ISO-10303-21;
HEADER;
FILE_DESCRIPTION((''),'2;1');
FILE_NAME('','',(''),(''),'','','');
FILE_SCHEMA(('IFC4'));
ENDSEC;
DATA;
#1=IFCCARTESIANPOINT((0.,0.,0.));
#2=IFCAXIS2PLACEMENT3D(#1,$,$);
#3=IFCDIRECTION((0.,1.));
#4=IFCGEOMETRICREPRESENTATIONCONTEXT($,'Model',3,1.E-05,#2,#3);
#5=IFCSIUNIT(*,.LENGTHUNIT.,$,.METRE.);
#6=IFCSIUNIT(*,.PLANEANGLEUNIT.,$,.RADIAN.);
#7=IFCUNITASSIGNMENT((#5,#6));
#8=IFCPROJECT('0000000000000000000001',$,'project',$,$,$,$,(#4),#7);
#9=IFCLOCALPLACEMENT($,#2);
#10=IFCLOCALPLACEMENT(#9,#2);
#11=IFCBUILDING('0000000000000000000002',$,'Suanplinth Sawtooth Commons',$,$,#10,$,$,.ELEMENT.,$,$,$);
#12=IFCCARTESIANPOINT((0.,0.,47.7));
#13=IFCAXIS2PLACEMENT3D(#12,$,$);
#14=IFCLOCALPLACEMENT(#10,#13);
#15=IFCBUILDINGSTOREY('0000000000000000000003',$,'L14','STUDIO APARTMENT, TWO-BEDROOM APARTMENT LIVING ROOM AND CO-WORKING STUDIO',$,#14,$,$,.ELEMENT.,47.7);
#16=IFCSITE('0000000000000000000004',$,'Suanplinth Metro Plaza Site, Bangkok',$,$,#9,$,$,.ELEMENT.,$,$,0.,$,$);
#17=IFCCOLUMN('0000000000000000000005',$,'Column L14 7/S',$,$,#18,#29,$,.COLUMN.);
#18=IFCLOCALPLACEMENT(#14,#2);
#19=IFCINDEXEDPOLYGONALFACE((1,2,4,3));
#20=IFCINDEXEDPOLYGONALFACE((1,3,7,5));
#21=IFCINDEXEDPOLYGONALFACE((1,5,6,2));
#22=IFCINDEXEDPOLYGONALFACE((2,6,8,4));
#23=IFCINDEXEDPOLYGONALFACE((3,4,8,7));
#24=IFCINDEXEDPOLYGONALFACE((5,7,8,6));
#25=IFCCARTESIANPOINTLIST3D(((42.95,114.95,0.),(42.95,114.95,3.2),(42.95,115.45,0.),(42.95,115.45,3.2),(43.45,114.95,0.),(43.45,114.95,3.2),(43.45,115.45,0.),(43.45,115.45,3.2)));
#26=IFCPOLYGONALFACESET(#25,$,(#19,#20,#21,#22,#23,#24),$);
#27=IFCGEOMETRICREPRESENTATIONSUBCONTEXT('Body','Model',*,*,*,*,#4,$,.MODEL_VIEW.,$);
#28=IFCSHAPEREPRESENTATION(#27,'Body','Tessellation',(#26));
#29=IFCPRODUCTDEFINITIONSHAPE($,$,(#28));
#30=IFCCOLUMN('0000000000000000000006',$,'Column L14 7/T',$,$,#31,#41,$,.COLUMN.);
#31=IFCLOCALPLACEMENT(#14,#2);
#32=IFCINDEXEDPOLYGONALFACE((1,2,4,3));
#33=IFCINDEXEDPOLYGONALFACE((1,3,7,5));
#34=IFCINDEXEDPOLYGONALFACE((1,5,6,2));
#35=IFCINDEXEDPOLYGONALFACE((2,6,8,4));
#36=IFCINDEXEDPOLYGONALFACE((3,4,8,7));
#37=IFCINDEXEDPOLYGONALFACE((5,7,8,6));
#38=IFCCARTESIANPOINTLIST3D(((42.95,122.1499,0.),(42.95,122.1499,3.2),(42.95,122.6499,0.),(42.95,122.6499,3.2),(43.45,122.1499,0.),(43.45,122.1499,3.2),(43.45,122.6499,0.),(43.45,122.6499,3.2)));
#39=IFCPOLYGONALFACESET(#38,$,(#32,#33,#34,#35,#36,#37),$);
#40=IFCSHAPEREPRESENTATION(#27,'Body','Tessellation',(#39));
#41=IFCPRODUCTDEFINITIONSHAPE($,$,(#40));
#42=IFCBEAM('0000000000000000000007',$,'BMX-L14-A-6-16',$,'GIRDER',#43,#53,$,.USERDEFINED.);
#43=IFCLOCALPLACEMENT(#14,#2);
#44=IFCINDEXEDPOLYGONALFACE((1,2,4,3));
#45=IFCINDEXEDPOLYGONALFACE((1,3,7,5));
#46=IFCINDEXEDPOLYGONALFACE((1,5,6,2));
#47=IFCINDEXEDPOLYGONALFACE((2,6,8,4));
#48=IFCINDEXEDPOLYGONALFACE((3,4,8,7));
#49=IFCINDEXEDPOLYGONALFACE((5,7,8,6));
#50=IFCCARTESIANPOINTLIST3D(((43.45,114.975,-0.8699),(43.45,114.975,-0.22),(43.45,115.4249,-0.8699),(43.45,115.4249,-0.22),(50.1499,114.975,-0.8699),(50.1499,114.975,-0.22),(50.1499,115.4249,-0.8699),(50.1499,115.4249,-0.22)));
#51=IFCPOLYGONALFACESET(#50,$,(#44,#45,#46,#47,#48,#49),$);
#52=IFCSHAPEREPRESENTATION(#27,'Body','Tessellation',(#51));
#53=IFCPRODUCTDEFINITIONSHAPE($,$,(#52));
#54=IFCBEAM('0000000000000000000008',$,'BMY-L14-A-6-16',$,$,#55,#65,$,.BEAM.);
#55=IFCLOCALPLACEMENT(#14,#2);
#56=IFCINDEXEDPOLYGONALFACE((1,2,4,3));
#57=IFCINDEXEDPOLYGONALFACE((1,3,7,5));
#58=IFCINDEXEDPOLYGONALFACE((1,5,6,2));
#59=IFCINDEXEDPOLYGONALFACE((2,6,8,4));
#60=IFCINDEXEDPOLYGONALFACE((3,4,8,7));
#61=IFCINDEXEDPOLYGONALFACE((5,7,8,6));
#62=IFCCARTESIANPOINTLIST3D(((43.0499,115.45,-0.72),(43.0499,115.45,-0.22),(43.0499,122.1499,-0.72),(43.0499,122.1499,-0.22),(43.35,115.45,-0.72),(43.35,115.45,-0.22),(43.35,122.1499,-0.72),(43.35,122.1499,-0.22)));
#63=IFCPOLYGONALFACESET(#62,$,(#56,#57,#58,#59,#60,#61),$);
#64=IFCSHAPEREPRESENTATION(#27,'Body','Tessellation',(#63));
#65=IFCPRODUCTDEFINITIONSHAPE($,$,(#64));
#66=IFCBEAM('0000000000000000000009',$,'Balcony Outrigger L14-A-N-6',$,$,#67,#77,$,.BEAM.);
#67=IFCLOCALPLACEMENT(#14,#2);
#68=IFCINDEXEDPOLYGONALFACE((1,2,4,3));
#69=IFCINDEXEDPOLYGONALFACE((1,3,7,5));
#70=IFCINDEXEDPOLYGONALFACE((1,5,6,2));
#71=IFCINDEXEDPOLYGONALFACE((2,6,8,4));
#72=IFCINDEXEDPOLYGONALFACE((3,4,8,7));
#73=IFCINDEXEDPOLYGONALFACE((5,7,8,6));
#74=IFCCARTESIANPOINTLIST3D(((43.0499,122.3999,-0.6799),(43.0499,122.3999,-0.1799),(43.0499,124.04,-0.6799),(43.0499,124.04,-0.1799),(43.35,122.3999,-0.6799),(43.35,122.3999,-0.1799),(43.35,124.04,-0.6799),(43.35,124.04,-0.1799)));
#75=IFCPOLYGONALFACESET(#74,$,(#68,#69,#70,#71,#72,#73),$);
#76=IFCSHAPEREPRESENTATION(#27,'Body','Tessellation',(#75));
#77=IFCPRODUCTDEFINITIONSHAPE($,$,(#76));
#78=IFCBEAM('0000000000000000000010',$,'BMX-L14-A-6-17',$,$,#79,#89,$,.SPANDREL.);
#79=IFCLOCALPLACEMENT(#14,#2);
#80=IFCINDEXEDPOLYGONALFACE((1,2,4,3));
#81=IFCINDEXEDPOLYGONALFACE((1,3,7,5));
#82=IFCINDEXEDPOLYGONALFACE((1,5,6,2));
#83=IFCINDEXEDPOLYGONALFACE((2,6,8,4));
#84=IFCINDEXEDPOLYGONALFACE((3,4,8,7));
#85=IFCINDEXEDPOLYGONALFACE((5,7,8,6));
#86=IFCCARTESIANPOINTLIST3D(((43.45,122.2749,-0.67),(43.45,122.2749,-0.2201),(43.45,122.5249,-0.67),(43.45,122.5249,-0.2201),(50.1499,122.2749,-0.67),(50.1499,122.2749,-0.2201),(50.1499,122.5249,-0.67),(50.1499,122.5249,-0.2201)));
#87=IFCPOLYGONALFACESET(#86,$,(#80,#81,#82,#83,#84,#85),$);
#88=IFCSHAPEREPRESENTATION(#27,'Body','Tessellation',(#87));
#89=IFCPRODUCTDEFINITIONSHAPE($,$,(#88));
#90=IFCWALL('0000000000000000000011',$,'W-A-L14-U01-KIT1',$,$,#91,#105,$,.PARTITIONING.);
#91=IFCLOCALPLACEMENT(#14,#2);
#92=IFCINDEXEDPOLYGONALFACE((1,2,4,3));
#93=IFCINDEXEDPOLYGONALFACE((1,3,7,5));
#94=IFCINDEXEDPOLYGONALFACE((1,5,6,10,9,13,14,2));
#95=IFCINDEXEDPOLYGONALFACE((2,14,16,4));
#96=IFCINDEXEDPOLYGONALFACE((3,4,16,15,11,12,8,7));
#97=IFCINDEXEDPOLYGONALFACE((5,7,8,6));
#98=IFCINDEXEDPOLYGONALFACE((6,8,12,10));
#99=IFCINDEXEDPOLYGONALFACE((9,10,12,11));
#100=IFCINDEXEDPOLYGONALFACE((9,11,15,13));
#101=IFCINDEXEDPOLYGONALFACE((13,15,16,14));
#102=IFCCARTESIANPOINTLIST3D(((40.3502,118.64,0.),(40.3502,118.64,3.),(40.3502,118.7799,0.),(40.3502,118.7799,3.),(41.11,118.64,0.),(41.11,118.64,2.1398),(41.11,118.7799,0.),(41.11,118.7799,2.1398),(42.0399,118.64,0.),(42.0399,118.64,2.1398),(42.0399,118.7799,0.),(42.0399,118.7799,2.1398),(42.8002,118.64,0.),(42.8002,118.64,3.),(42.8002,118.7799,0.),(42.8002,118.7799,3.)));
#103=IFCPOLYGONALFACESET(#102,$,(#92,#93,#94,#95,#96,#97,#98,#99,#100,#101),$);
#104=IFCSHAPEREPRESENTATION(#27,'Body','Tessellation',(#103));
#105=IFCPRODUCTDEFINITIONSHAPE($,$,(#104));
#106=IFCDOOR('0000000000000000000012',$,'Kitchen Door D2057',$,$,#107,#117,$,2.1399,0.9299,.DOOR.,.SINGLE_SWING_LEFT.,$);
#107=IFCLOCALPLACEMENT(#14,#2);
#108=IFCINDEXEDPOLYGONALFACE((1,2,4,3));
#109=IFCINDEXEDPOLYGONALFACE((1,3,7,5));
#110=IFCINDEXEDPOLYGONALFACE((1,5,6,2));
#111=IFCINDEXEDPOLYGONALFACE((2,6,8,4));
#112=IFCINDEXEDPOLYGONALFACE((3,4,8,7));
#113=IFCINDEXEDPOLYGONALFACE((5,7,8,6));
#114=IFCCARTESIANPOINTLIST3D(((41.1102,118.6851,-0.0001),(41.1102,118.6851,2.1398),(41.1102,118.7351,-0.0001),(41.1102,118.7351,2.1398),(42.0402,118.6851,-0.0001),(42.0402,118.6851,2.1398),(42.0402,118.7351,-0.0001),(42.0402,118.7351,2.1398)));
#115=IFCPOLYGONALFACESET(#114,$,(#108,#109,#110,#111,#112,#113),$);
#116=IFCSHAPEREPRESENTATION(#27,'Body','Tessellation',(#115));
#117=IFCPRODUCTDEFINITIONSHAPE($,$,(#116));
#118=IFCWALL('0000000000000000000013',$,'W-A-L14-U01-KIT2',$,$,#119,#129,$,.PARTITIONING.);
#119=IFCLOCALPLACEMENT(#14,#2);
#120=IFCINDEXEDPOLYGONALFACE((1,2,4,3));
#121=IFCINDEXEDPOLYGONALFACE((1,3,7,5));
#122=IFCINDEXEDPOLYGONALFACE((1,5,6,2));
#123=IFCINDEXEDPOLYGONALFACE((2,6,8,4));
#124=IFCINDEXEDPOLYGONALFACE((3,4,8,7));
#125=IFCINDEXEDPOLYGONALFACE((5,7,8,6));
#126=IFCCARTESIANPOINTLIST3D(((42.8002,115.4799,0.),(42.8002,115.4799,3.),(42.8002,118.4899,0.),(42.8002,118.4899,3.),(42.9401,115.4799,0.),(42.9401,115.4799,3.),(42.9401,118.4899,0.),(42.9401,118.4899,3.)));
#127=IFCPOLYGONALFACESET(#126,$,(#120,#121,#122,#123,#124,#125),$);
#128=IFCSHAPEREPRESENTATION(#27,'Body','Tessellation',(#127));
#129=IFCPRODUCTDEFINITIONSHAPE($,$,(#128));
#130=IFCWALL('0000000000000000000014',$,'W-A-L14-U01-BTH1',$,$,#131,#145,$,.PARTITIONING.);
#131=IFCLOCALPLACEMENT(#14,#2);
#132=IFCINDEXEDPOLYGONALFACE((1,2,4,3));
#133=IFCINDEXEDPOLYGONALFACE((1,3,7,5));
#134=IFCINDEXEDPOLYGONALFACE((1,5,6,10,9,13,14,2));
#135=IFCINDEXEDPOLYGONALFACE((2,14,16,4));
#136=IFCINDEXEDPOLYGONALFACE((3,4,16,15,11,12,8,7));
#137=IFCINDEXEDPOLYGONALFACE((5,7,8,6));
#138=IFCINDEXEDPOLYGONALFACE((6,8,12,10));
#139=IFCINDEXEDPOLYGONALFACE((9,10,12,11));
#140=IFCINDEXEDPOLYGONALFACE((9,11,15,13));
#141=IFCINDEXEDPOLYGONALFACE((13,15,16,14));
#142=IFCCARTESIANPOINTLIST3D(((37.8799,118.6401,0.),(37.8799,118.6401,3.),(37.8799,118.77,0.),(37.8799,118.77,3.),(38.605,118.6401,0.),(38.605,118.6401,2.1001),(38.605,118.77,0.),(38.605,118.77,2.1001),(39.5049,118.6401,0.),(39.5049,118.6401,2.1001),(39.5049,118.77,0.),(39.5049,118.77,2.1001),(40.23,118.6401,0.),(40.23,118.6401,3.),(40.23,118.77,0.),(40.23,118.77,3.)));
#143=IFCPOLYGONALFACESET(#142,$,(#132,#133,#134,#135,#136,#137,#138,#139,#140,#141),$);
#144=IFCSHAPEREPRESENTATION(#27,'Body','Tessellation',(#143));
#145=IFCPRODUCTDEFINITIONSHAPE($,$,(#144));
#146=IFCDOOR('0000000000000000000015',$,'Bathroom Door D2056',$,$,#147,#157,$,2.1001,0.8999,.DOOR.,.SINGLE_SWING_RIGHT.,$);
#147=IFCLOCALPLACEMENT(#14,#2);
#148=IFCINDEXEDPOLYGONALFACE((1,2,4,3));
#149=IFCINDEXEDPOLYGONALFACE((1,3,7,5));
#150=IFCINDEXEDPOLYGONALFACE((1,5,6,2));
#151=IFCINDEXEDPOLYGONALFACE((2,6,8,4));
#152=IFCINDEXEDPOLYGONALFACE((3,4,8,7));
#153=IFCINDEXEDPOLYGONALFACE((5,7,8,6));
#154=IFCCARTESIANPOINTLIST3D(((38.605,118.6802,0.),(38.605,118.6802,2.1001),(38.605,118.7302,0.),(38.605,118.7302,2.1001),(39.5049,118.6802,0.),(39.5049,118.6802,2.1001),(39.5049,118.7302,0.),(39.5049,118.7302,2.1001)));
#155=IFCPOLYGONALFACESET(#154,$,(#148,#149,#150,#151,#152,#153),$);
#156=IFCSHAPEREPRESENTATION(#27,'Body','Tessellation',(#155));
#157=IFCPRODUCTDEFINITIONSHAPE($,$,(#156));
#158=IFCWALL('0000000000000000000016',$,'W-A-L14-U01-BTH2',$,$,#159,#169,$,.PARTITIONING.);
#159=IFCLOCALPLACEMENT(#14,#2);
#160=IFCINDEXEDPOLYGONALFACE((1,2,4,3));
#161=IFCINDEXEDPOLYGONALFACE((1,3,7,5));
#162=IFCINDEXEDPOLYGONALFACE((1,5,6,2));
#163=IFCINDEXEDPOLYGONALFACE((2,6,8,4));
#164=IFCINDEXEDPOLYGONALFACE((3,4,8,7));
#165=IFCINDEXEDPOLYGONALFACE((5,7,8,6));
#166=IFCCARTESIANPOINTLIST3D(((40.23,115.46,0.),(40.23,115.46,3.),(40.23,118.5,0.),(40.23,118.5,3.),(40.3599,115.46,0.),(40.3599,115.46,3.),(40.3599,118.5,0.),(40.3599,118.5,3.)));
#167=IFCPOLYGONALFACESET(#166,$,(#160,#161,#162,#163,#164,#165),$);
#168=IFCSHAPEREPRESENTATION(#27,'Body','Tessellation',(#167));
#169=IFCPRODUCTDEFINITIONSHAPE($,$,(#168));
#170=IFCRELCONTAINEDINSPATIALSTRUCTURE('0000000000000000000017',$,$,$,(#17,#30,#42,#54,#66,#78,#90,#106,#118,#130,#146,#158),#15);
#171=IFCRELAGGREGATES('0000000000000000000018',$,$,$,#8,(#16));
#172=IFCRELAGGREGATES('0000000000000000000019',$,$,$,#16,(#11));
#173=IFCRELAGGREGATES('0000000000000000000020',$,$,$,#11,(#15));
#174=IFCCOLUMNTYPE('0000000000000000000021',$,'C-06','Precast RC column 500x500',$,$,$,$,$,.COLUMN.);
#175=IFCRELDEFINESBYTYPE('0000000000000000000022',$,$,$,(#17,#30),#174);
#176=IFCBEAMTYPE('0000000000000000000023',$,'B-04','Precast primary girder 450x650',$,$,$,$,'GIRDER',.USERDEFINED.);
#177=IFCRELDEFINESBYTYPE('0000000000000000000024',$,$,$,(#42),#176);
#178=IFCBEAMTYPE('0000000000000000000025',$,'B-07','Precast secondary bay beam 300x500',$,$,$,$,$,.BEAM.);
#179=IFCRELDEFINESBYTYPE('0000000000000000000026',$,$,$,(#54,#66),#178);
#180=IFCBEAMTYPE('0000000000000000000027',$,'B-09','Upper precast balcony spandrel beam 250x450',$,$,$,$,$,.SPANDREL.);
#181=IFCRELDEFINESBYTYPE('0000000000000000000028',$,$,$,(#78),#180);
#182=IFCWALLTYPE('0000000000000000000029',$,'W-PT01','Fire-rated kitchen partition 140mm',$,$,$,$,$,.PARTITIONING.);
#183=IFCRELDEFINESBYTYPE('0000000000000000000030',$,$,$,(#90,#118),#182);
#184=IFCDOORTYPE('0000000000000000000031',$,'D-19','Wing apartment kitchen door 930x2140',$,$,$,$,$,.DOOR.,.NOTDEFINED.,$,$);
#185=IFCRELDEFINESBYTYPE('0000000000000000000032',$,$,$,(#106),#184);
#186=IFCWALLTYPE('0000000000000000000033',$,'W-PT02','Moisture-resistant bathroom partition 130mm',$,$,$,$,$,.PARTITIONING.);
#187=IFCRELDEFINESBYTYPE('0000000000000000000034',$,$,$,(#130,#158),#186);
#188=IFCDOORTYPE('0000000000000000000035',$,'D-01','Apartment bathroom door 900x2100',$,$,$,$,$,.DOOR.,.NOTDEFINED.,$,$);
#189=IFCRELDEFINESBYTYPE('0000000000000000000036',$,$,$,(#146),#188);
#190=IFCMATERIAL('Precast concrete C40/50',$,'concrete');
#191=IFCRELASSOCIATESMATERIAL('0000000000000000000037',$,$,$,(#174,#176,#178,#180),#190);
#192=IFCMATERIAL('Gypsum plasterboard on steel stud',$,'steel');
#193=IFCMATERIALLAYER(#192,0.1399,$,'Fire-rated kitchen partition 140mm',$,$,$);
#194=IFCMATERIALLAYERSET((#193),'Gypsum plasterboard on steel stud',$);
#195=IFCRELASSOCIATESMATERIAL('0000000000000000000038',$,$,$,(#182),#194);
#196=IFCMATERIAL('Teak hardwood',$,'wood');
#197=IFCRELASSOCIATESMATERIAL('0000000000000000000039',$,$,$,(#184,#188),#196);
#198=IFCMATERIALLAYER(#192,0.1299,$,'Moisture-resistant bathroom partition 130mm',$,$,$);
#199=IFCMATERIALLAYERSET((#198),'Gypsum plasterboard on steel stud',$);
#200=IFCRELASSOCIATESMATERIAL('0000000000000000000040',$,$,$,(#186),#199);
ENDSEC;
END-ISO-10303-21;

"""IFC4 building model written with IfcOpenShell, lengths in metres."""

from ifc_helpers import new_model, si_unit, direction, frame, frame_2d, origin, origin_2d, place, context, subcontext, project, spatial, rectangle, extrude, material, layer, layer_set, material_profile, profile_set, type_object, element, fill, save


model = new_model("IFC4")

# Units and contexts
model_context = context("Model", 3, precision=1e-05, world=origin(), true_north=direction((0.0, 1.0)))
body_context = subcontext(model_context, "Body", "Model", "MODEL_VIEW")
ifc_project = project(units=[si_unit("LENGTHUNIT", "METRE"), si_unit("PLANEANGLEUNIT", "RADIAN")], contexts=[model_context])

# Site, building, storey
site_placement = place(None, origin())
site = spatial("IfcSite", under=ifc_project, at=site_placement, Name="Suanplinth Metro Plaza Site, Bangkok", CompositionType="ELEMENT", RefElevation=0.0)
building_placement = place(site_placement, origin())
building = spatial("IfcBuilding", under=site, at=building_placement, Name="Suanplinth Sawtooth Commons", CompositionType="ELEMENT")
storey_placement = place(building_placement, frame((0.0, 0.0, 47.7)))
storey = spatial("IfcBuildingStorey", under=building, at=storey_placement, Name="L14", Description="STUDIO APARTMENT, TWO-BEDROOM APARTMENT LIVING ROOM AND CO-WORKING STUDIO", CompositionType="ELEMENT", Elevation=47.7)

# Columns
ifc_material_1 = material(Name="Precast concrete C40/50", Category="concrete")
ifc_material_profile_1 = material_profile(ifc_material_1, rectangle(XDim=0.5, YDim=0.5, at=origin_2d()), Name="PC-COL 500x500")
ifc_profile_set_1 = profile_set([ifc_material_profile_1], Name="Precast concrete C40/50")
column_type = type_object("IfcColumnType", Name="C-06", Description="Precast RC column 500x500", PredefinedType="COLUMN", material=ifc_profile_set_1)
for number, where, z_axis, x_axis, name in (
    (1, (43.2, 115.2, 0.0), (0.0, 0.0, 1.0), (1.0, 0.0, 0.0), "Column L14 7/S"),
    (2, (43.2, 122.3999, 0.0), (0.0, 0.0, 1.0), (1.0, 0.0, 0.0), "Column L14 7/T"),
):
    element("IfcColumn", number, at=place(storey_placement, frame(where, z_axis=z_axis, x_axis=x_axis)), inside=storey, type_object=column_type, Name=name, PredefinedType="COLUMN", context=body_context, shape_type="SweptSolid", body=[
        extrude(rectangle(XDim=0.5, YDim=0.5, at=origin_2d()), origin(), (0.0, 0.0, 1.0), 3.2),
    ])

# Beams
ifc_material_profile_2 = material_profile(ifc_material_1, rectangle(XDim=0.45, YDim=0.6499, at=origin_2d()), Name="PC-GDR 450x650")
ifc_profile_set_2 = profile_set([ifc_material_profile_2], Name="Precast concrete C40/50")
beam_type_1 = type_object("IfcBeamType", Name="B-04", Description="Precast primary girder 450x650", ElementType="GIRDER", PredefinedType="USERDEFINED", material=ifc_profile_set_2)
beam_1_placement = place(storey_placement, frame((43.45, 115.2, -0.5449), z_axis=(1.0, 0.0, 0.0), x_axis=(0.0, 1.0, 0.0)))
element("IfcBeam", 3, at=beam_1_placement, inside=storey, type_object=beam_type_1, Name="BMX-L14-A-6-16", ObjectType="GIRDER", PredefinedType="USERDEFINED", context=body_context, shape_type="SweptSolid", body=[
    extrude(rectangle(XDim=0.45, YDim=0.6499, at=origin_2d()), origin(), (0.0, 0.0, 1.0), 6.7),
])
ifc_material_profile_3 = material_profile(ifc_material_1, rectangle(XDim=0.3, YDim=0.5, at=origin_2d()), Name="PC-BM 300x500")
ifc_profile_set_3 = profile_set([ifc_material_profile_3], Name="Precast concrete C40/50")
beam_type_2 = type_object("IfcBeamType", Name="B-07", Description="Precast secondary bay beam 300x500", PredefinedType="BEAM", material=ifc_profile_set_3)
beam_2_placement = place(storey_placement, frame((43.2, 115.45, -0.47), z_axis=(0.0, 1.0, 0.0), x_axis=(-1.0, 0.0, 0.0)))
element("IfcBeam", 4, at=beam_2_placement, inside=storey, type_object=beam_type_2, Name="BMY-L14-A-6-16", PredefinedType="BEAM", context=body_context, shape_type="SweptSolid", body=[
    extrude(rectangle(XDim=0.3, YDim=0.5, at=origin_2d()), origin(), (0.0, 0.0, 1.0), 6.7),
])
beam_3_placement = place(storey_placement, frame((43.2, 122.3999, -0.4299), z_axis=(0.0, 1.0, 0.0), x_axis=(-1.0, 0.0, 0.0)))
element("IfcBeam", 5, at=beam_3_placement, inside=storey, type_object=beam_type_2, Name="Balcony Outrigger L14-A-N-6", PredefinedType="BEAM", context=body_context, shape_type="SweptSolid", body=[
    extrude(rectangle(XDim=0.3, YDim=0.5, at=origin_2d()), origin(), (0.0, 0.0, 1.0), 1.6401),
])
ifc_material_profile_4 = material_profile(ifc_material_1, rectangle(XDim=0.25, YDim=0.45, at=origin_2d()), Name="PC-SP 250x450")
ifc_profile_set_4 = profile_set([ifc_material_profile_4], Name="Precast concrete C40/50")
beam_type_3 = type_object("IfcBeamType", Name="B-09", Description="Upper precast balcony spandrel beam 250x450", PredefinedType="SPANDREL", material=ifc_profile_set_4)
beam_4_placement = place(storey_placement, frame((43.45, 122.3999, -0.4451), z_axis=(1.0, 0.0, 0.0), x_axis=(0.0, 1.0, 0.0)))
element("IfcBeam", 6, at=beam_4_placement, inside=storey, type_object=beam_type_3, Name="BMX-L14-A-6-17", PredefinedType="SPANDREL", context=body_context, shape_type="SweptSolid", body=[
    extrude(rectangle(XDim=0.25, YDim=0.45, at=origin_2d()), origin(), (0.0, 0.0, 1.0), 6.7),
])

# Wall, opening, door
ifc_material_2 = material(Name="Gypsum plasterboard on steel stud", Category="steel")
ifc_layer_1 = layer(ifc_material_2, 0.1399, Name="Fire-rated kitchen partition 140mm")
ifc_layer_set_1 = layer_set([ifc_layer_1], Name="Gypsum plasterboard on steel stud")
wall_type_1 = type_object("IfcWallType", Name="W-PT01", Description="Fire-rated kitchen partition 140mm", PredefinedType="PARTITIONING", material=ifc_layer_set_1)
wall_1_placement = place(storey_placement, frame((40.3501, 118.71, 0.0), z_axis=(0.0, 0.0, 1.0), x_axis=(1.0, 0.0, 0.0)))
wall_1 = element("IfcWall", 7, at=wall_1_placement, inside=storey, type_object=wall_type_1, Name="W-A-L14-U01-KIT1", PredefinedType="PARTITIONING", context=body_context, shape_type="SweptSolid", body=[
    extrude(rectangle(XDim=2.45, YDim=0.1399, at=frame_2d((1.2251, 0.0))), origin(), (0.0, 0.0, 1.0), 3.0),
])
opening_1_placement = place(wall_1_placement, frame((0.76, 0.0, 0.0)))
opening_1 = element("IfcOpeningElement", 8, at=opening_1_placement, cuts=wall_1, PredefinedType="OPENING", context=body_context, shape_type="SweptSolid", body=[
    extrude(rectangle(XDim=0.9299, YDim=2.1399, at=frame_2d((0.4648, 1.0698))), frame((0.0, 0.085, 0.0), z_axis=(0.0, -1.0, 0.0), x_axis=(1.0, 0.0, 0.0)), (0.0, 0.0, 1.0), 0.1697),
])
ifc_material_3 = material(Name="Teak hardwood", Category="wood")
door_type_1 = type_object("IfcDoorType", Name="D-19", Description="Wing apartment kitchen door 930x2140", OperationType="NOTDEFINED", PredefinedType="DOOR", material=ifc_material_3)
door_1_placement = place(opening_1_placement, frame((0.9299, 0.0, 0.0), z_axis=(0.0, 0.0, 1.0), x_axis=(-1.0, 0.0, 0.0)))
door_1 = element("IfcDoor", 9, at=door_1_placement, inside=storey, type_object=door_type_1, Name="Kitchen Door D2057", OperationType="SINGLE_SWING_LEFT", OverallHeight=2.1399, OverallWidth=0.9299, PredefinedType="DOOR", context=body_context, shape_type="SweptSolid", body=[
    extrude(rectangle(XDim=0.9299, YDim=2.1399, at=frame_2d((0.4648, 1.0698))), frame((0.0, 0.0249, 0.0), z_axis=(0.0, -1.0, 0.0), x_axis=(1.0, 0.0, 0.0)), (0.0, 0.0, 1.0), 0.05),
])
fill(opening_1, door_1)

# Wall
wall_2_placement = place(storey_placement, frame((42.8701, 115.48, 0.0), z_axis=(0.0, 0.0, 1.0), x_axis=(0.0, 1.0, 0.0)))
element("IfcWall", 10, at=wall_2_placement, inside=storey, type_object=wall_type_1, Name="W-A-L14-U01-KIT2", PredefinedType="PARTITIONING", context=body_context, shape_type="SweptSolid", body=[
    extrude(rectangle(XDim=3.01, YDim=0.1399, at=frame_2d((1.5049, 0.0))), origin(), (0.0, 0.0, 1.0), 3.0),
])

# Wall, opening, door
ifc_layer_2 = layer(ifc_material_2, 0.1299, Name="Moisture-resistant bathroom partition 130mm")
ifc_layer_set_2 = layer_set([ifc_layer_2], Name="Gypsum plasterboard on steel stud")
wall_type_2 = type_object("IfcWallType", Name="W-PT02", Description="Moisture-resistant bathroom partition 130mm", PredefinedType="PARTITIONING", material=ifc_layer_set_2)
wall_3_placement = place(storey_placement, frame((37.8799, 118.7051, 0.0), z_axis=(0.0, 0.0, 1.0), x_axis=(1.0, 0.0, 0.0)))
wall_3 = element("IfcWall", 11, at=wall_3_placement, inside=storey, type_object=wall_type_2, Name="W-A-L14-U01-BTH1", PredefinedType="PARTITIONING", context=body_context, shape_type="SweptSolid", body=[
    extrude(rectangle(XDim=2.3501, YDim=0.1299, at=frame_2d((1.175, 0.0))), origin(), (0.0, 0.0, 1.0), 3.0),
])
opening_2_placement = place(wall_3_placement, frame((0.7251, 0.0, 0.0)))
opening_2 = element("IfcOpeningElement", 12, at=opening_2_placement, cuts=wall_3, PredefinedType="OPENING", context=body_context, shape_type="SweptSolid", body=[
    extrude(rectangle(XDim=0.8999, YDim=2.1001, at=frame_2d((0.45, 1.05))), frame((0.0, 0.0798, 0.0), z_axis=(0.0, -1.0, 0.0), x_axis=(1.0, 0.0, 0.0)), (0.0, 0.0, 1.0), 0.1597),
])
door_type_2 = type_object("IfcDoorType", Name="D-01", Description="Apartment bathroom door 900x2100", OperationType="NOTDEFINED", PredefinedType="DOOR", material=ifc_material_3)
door_2_placement = place(opening_2_placement, frame((0.8999, 0.0, 0.0), z_axis=(0.0, 0.0, 1.0), x_axis=(-1.0, 0.0, 0.0)))
door_2 = element("IfcDoor", 13, at=door_2_placement, inside=storey, type_object=door_type_2, Name="Bathroom Door D2056", OperationType="SINGLE_SWING_RIGHT", OverallHeight=2.1001, OverallWidth=0.8999, PredefinedType="DOOR", context=body_context, shape_type="SweptSolid", body=[
    extrude(rectangle(XDim=0.8999, YDim=2.1001, at=frame_2d((0.45, 1.05))), frame((0.0, 0.0249, 0.0), z_axis=(0.0, -1.0, 0.0), x_axis=(1.0, 0.0, 0.0)), (0.0, 0.0, 1.0), 0.05),
])
fill(opening_2, door_2)

# Wall
for number, where, z_axis, x_axis, name in (
    (14, (40.2949, 115.46, 0.0), (0.0, 0.0, 1.0), (0.0, 1.0, 0.0), "W-A-L14-U01-BTH2"),
):
    element("IfcWall", number, at=place(storey_placement, frame(where, z_axis=z_axis, x_axis=x_axis)), inside=storey, type_object=wall_type_2, Name=name, PredefinedType="PARTITIONING", context=body_context, shape_type="SweptSolid", body=[
        extrude(rectangle(XDim=3.04, YDim=0.1299, at=frame_2d((1.52, 0.0))), origin(), (0.0, 0.0, 1.0), 3.0),
    ])

save(model, "model.ifc")
